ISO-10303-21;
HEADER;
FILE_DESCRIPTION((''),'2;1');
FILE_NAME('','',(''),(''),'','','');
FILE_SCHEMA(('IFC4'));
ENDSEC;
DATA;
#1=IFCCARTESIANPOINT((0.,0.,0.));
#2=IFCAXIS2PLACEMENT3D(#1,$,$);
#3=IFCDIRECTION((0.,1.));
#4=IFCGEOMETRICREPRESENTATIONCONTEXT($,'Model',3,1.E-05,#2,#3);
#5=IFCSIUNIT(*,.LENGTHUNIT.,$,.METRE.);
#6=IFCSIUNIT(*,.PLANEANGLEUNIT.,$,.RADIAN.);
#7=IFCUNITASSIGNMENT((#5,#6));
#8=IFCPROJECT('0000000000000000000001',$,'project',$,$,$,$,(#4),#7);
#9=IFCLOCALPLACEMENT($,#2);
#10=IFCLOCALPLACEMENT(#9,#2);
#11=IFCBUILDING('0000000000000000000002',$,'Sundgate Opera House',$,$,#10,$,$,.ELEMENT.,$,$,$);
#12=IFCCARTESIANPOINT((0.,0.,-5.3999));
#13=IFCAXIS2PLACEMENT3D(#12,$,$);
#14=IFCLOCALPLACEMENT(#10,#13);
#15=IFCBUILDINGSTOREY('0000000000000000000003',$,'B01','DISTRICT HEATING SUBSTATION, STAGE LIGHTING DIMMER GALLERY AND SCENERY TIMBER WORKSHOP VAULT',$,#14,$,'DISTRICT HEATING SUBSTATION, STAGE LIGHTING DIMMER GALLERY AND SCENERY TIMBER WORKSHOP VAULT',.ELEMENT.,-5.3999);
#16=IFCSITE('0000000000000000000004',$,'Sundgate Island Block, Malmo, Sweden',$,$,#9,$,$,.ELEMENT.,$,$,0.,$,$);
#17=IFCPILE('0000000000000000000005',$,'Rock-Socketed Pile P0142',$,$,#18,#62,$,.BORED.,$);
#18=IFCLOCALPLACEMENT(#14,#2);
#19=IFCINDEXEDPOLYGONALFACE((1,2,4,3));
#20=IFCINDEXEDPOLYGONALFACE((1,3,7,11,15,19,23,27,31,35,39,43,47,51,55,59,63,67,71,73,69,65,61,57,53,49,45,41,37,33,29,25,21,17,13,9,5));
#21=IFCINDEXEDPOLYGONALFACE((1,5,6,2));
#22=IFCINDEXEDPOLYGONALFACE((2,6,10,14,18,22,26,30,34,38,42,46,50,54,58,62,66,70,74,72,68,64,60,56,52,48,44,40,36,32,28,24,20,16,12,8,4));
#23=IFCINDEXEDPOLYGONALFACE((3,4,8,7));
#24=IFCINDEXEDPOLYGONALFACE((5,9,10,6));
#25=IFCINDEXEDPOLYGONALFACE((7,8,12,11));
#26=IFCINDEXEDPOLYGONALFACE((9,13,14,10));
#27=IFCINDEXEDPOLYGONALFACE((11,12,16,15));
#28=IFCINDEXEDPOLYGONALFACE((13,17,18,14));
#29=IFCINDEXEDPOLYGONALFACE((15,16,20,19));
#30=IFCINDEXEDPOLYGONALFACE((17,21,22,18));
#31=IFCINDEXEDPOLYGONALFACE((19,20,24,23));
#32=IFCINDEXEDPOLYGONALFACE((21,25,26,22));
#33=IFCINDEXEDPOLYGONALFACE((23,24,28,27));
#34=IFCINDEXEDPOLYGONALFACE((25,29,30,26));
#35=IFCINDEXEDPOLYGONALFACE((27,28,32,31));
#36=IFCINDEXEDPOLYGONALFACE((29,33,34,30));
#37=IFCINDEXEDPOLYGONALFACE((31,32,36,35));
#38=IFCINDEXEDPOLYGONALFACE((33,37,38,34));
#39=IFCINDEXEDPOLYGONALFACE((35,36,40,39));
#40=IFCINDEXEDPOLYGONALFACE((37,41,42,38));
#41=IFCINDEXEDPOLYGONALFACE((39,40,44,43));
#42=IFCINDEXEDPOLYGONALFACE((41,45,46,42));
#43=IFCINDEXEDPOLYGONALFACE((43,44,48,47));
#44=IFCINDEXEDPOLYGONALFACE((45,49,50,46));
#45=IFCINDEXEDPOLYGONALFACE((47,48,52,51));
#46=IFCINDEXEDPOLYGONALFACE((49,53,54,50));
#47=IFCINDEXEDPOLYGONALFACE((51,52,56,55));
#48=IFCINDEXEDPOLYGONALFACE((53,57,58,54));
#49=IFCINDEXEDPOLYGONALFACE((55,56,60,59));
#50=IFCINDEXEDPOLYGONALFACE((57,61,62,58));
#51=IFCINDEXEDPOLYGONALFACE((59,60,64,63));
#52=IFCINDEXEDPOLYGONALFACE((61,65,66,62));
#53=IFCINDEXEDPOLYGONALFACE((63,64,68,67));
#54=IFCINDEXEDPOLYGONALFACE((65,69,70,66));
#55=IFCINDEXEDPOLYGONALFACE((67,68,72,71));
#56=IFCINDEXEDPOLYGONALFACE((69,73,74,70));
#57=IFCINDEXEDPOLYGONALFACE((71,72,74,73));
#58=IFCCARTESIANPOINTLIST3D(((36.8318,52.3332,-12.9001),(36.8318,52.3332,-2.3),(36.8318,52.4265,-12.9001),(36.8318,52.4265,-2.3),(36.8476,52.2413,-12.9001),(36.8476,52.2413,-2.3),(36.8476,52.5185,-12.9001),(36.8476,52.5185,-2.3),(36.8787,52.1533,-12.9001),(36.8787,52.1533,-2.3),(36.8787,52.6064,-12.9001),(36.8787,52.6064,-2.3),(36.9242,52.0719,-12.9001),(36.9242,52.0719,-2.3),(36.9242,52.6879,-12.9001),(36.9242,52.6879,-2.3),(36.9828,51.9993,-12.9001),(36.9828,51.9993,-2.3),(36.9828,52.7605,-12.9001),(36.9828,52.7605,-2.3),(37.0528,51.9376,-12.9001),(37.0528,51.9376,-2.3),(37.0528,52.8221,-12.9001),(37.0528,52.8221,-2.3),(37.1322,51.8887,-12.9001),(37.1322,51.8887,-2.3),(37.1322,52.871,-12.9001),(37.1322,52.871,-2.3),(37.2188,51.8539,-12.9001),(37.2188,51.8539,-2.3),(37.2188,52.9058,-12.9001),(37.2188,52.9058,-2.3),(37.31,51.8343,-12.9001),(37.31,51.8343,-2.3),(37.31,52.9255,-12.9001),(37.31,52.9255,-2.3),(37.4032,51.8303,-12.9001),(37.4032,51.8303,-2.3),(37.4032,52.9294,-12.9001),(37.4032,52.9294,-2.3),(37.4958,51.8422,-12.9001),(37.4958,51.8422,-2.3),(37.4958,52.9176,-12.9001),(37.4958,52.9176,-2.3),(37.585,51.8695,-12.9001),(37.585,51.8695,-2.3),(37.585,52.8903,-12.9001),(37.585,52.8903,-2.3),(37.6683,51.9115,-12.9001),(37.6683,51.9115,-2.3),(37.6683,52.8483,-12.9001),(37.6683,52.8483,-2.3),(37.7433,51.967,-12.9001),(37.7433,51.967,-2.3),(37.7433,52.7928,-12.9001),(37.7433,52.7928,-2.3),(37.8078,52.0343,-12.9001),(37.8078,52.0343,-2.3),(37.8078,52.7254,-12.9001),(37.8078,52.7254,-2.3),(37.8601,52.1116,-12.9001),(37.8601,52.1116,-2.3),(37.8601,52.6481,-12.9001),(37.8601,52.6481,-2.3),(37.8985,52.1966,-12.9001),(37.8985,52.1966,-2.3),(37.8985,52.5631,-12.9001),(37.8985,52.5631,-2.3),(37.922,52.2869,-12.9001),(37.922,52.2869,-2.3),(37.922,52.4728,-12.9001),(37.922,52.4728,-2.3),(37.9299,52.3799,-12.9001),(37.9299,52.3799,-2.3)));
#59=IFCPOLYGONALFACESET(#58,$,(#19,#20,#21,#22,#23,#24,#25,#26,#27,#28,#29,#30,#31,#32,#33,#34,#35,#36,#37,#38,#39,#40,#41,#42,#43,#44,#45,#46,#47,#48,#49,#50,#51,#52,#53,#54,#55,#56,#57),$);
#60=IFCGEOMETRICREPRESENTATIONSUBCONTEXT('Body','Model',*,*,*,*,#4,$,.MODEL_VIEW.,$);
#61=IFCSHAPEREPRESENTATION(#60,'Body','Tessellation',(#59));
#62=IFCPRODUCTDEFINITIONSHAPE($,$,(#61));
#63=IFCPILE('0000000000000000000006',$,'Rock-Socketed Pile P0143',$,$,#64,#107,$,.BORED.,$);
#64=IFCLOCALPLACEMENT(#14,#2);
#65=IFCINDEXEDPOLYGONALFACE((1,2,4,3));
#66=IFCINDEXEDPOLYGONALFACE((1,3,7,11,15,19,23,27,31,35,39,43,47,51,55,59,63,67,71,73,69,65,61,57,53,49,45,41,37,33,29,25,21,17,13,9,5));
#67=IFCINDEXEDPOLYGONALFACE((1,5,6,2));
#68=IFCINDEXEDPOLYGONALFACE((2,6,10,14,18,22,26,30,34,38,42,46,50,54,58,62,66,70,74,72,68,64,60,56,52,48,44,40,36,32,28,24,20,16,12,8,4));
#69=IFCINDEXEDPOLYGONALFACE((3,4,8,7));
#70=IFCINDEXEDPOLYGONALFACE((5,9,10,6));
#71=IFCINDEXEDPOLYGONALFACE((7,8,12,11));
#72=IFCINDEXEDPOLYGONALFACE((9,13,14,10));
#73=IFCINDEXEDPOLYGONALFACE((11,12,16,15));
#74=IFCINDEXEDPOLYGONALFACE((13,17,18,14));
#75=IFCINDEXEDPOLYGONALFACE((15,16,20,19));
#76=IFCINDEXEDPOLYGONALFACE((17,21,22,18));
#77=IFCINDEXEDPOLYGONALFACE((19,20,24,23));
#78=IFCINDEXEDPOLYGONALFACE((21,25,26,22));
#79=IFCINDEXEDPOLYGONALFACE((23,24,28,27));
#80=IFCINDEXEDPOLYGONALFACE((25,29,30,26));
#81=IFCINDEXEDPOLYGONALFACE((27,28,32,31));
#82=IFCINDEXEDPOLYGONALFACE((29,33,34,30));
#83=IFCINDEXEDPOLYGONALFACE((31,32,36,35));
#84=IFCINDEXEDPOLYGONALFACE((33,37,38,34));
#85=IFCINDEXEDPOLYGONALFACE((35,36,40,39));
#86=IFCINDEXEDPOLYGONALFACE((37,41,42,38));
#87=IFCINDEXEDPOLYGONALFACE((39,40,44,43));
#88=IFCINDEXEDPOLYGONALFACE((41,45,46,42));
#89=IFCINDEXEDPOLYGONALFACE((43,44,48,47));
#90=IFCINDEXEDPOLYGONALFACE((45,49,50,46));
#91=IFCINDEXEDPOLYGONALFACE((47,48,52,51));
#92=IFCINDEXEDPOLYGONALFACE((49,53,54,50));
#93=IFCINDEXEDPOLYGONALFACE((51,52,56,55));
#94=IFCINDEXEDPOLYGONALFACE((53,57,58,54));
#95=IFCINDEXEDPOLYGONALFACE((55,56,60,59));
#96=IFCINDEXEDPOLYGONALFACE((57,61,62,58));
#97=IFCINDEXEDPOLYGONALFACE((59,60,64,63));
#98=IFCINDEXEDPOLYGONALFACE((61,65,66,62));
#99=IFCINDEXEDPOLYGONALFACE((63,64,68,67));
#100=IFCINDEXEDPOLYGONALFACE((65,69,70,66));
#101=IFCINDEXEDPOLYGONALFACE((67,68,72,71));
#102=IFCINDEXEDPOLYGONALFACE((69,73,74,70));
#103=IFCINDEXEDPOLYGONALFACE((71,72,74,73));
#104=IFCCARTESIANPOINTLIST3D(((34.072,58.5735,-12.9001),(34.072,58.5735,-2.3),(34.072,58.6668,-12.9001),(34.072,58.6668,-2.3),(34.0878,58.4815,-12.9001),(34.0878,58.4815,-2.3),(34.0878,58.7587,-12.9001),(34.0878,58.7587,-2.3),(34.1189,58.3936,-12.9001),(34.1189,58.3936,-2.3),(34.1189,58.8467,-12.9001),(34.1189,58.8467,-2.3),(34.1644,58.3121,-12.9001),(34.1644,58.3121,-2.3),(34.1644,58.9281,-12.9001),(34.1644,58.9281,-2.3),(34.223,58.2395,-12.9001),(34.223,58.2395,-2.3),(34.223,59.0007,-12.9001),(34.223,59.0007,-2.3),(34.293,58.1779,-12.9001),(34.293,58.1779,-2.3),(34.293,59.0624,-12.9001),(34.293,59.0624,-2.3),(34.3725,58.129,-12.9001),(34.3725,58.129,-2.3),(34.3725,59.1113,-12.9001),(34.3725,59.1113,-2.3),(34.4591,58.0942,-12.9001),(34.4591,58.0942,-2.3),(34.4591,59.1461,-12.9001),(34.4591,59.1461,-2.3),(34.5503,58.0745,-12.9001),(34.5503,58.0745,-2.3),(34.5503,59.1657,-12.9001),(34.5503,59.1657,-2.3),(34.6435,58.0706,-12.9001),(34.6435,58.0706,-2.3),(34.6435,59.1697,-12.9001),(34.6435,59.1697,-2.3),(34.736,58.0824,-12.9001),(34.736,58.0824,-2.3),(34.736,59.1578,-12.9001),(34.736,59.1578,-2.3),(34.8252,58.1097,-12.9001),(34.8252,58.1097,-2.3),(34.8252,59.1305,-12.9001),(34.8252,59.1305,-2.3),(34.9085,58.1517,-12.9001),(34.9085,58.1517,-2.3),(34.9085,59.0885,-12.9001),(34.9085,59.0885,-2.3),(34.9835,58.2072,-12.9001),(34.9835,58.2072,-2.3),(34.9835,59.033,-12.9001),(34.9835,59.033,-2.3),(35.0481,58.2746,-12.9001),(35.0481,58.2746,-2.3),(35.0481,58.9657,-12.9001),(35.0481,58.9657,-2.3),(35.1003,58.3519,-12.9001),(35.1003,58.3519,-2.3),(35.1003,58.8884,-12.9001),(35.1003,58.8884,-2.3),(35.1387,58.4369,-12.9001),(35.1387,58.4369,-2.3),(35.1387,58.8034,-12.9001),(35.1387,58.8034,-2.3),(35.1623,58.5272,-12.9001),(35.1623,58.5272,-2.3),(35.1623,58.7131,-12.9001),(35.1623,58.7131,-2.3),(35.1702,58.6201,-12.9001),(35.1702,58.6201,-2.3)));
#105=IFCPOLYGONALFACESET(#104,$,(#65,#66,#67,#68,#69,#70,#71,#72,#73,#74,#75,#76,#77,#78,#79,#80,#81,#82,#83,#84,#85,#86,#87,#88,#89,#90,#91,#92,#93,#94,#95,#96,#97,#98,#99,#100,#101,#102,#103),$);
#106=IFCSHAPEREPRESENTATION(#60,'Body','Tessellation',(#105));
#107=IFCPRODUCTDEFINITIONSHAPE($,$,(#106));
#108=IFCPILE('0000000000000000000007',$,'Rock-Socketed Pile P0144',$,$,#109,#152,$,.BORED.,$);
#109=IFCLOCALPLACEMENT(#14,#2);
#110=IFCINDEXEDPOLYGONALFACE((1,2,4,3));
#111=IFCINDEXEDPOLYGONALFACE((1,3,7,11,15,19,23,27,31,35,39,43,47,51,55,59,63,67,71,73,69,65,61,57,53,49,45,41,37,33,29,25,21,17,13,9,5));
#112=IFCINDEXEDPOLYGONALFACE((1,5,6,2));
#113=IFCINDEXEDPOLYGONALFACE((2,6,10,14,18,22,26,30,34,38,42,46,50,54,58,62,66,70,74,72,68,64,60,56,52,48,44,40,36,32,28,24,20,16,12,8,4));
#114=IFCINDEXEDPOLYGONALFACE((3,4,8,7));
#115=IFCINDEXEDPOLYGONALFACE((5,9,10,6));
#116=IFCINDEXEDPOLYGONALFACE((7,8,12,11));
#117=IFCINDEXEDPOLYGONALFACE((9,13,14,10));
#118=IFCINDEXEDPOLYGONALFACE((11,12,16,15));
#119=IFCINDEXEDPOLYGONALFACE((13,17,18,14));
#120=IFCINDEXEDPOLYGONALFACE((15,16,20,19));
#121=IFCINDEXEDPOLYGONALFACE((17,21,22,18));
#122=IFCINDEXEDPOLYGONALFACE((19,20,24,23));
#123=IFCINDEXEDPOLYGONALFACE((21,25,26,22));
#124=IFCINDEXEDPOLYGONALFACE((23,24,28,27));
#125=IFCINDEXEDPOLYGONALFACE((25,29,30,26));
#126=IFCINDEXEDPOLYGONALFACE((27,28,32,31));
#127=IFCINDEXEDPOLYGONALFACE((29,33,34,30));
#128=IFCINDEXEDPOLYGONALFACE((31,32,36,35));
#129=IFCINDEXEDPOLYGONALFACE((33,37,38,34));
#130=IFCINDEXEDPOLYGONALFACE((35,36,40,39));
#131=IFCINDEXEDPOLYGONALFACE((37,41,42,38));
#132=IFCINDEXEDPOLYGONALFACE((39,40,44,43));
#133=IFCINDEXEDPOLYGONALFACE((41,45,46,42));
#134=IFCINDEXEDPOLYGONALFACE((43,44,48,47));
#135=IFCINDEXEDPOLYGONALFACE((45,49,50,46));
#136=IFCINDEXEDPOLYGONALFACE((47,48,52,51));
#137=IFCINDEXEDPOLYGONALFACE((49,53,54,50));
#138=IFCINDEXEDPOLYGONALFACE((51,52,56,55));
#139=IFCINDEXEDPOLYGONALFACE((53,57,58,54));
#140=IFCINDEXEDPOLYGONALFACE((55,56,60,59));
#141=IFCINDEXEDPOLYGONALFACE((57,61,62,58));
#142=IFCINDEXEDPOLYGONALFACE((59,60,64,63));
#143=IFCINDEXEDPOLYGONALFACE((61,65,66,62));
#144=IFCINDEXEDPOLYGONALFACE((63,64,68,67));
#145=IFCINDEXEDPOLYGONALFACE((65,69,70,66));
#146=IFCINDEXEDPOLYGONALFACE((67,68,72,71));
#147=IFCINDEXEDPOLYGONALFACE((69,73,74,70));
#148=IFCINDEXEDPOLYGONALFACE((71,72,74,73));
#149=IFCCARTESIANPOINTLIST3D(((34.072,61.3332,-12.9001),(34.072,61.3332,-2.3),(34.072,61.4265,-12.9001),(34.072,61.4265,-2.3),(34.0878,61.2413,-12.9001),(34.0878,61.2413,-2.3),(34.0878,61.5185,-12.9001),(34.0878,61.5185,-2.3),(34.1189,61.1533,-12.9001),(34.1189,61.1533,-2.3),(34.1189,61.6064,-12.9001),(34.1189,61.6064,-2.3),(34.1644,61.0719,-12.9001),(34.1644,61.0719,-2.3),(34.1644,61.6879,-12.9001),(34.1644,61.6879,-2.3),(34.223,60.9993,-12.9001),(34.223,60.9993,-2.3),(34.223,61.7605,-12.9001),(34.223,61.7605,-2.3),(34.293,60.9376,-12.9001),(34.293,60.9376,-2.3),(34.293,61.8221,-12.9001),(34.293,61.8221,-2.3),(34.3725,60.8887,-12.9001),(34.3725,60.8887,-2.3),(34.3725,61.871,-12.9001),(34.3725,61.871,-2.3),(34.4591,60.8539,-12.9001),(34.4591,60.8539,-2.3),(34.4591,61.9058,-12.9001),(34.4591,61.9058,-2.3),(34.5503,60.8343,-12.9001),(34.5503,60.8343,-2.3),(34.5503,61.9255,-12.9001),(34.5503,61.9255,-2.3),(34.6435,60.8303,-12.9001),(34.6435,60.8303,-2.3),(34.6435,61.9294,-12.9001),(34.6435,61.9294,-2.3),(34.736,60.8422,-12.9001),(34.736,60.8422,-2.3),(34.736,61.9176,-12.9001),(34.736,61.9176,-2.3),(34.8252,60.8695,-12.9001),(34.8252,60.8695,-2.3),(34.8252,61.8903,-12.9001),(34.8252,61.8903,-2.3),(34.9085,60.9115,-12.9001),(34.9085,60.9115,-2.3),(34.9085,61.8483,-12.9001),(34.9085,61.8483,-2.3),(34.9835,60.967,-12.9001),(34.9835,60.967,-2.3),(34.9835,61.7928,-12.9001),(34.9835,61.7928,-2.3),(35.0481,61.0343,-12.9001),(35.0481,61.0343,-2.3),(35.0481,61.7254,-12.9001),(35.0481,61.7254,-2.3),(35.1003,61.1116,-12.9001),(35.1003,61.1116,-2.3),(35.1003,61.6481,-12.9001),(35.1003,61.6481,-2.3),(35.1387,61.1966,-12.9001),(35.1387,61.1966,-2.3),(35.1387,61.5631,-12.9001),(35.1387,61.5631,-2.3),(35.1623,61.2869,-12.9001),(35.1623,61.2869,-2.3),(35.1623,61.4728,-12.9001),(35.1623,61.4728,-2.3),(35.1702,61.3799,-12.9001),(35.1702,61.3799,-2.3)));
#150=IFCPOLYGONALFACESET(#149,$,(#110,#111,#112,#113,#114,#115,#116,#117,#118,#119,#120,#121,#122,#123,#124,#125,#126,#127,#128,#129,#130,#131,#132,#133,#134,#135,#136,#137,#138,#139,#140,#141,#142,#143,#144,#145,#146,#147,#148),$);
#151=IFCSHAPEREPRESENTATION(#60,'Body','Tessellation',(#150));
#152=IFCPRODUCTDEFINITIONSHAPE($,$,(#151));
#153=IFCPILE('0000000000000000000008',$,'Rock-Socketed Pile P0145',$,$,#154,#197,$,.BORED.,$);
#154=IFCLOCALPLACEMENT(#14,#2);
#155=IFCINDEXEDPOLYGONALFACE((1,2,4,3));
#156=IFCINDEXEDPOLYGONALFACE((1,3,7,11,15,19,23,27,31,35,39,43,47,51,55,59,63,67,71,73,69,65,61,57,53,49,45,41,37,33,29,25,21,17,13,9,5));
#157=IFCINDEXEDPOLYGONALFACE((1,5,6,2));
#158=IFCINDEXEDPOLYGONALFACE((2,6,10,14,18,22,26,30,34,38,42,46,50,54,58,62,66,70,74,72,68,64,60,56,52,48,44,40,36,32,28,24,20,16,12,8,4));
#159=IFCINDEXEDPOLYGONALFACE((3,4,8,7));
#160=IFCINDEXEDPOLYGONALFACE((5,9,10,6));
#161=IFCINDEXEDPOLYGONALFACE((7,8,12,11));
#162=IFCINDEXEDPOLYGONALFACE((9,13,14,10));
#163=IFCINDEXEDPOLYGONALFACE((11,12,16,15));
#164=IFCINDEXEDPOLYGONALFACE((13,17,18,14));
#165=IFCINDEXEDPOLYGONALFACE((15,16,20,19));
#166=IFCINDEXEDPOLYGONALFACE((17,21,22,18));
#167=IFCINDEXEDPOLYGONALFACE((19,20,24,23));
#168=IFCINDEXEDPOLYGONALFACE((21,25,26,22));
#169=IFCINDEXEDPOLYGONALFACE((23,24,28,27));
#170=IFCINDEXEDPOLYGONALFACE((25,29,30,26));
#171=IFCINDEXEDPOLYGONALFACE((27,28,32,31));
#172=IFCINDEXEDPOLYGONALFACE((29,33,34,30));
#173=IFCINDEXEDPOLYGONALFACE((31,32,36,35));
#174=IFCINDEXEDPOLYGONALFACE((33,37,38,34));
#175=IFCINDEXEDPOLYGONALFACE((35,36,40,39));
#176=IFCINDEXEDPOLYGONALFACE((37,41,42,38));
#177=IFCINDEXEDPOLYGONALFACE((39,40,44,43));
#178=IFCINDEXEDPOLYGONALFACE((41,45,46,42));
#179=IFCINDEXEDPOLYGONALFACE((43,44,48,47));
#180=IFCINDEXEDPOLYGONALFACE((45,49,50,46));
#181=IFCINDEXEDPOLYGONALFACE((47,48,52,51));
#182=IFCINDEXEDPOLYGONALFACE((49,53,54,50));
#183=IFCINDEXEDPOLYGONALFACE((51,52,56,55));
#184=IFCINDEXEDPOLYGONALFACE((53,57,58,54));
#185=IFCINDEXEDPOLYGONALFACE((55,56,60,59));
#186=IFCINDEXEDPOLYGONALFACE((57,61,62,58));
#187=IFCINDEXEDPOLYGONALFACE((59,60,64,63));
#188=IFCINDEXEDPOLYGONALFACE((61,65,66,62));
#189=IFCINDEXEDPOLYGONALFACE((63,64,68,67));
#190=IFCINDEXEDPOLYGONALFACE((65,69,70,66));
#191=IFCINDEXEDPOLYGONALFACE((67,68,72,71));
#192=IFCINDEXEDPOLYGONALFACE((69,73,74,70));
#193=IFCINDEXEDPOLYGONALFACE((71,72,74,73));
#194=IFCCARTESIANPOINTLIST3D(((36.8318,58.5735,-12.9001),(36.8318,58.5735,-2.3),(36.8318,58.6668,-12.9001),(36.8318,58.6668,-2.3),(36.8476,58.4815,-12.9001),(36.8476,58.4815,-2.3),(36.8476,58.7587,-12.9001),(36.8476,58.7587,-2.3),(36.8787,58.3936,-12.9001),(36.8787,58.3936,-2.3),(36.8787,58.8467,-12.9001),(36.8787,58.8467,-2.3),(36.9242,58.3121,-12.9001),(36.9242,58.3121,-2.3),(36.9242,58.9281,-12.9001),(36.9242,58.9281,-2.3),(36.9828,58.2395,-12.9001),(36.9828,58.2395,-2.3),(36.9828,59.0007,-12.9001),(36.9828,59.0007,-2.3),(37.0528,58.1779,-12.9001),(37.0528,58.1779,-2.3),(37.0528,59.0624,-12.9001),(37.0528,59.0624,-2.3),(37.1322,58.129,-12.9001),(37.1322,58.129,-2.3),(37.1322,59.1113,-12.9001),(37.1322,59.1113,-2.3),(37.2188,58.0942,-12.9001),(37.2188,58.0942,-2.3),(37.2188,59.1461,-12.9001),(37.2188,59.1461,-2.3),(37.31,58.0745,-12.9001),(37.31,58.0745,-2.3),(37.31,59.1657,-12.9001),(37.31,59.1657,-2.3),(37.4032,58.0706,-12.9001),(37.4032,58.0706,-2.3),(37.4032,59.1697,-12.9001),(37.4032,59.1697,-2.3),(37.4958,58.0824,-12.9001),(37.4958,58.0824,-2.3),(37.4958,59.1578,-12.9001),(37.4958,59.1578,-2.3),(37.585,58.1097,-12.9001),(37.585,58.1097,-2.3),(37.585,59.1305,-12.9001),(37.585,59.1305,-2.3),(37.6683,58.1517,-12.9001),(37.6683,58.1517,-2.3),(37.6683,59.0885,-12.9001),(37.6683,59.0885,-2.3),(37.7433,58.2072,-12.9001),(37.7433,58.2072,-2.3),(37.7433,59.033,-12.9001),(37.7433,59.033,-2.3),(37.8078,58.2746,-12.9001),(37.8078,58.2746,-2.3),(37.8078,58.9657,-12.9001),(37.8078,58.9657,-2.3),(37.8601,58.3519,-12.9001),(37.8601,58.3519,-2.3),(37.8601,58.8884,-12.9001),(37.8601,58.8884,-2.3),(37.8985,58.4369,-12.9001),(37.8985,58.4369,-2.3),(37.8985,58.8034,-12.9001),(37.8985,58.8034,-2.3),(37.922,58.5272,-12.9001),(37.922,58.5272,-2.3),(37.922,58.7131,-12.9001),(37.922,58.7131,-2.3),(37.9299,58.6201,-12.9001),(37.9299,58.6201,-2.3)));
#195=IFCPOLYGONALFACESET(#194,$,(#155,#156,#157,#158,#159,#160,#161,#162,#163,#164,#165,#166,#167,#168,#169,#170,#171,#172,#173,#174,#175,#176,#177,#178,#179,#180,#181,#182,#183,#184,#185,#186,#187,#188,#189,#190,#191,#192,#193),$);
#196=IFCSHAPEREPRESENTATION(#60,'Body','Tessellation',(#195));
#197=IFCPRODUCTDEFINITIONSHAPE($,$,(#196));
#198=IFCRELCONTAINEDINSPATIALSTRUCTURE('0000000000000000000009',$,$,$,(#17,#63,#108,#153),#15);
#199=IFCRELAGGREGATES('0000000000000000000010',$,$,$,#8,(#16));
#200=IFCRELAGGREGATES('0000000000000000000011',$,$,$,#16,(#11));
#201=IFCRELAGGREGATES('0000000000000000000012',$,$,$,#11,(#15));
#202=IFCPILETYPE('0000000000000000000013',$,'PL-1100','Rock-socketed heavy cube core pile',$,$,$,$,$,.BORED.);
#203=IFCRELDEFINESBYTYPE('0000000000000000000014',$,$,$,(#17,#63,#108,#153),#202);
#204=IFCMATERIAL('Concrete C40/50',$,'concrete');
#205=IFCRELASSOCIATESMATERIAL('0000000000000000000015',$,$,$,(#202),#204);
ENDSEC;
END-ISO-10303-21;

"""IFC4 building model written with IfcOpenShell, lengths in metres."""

from ifc_helpers import new_model, si_unit, direction, frame, origin, origin_2d, place, context, subcontext, project, spatial, circle, extrude, material, material_profile, profile_set, type_object, element, save


model = new_model("IFC4")

# Units and contexts
model_context = context("Model", 3, precision=1e-05, world=origin(), true_north=direction((0.0, 1.0)))
body_context = subcontext(model_context, "Body", "Model", "MODEL_VIEW")
ifc_project = project(units=[si_unit("LENGTHUNIT", "METRE"), si_unit("PLANEANGLEUNIT", "RADIAN")], contexts=[model_context])

# Site, building, storey
site_placement = place(None, origin())
site = spatial("IfcSite", under=ifc_project, at=site_placement, Name="Sundgate Island Block, Malmo, Sweden", CompositionType="ELEMENT", RefElevation=0.0)
building_placement = place(site_placement, origin())
building = spatial("IfcBuilding", under=site, at=building_placement, Name="Sundgate Opera House", CompositionType="ELEMENT")
storey_placement = place(building_placement, frame((0.0, 0.0, -5.3999)))
storey = spatial("IfcBuildingStorey", under=building, at=storey_placement, Name="B01", Description="DISTRICT HEATING SUBSTATION, STAGE LIGHTING DIMMER GALLERY AND SCENERY TIMBER WORKSHOP VAULT", LongName="DISTRICT HEATING SUBSTATION, STAGE LIGHTING DIMMER GALLERY AND SCENERY TIMBER WORKSHOP VAULT", CompositionType="ELEMENT", Elevation=-5.3999)

# Piles
ifc_material_1 = material(Name="Concrete C40/50", Category="concrete")
ifc_material_profile_1 = material_profile(ifc_material_1, circle(Radius=0.55, at=origin_2d()), Name="PILE D1100")
ifc_profile_set_1 = profile_set([ifc_material_profile_1], Name="Concrete C40/50")
pile_type_1 = type_object("IfcPileType", Name="PL-1100", Description="Rock-socketed heavy cube core pile", PredefinedType="BORED", material=ifc_profile_set_1)
for number, where, z_axis, x_axis, name in (
    (1, (37.3799, 52.3799, -2.3), (0.0, 0.0, -1.0), (1.0, 0.0, 0.0), "Rock-Socketed Pile P0142"),
    (2, (34.6201, 58.6201, -2.3), (0.0, 0.0, -1.0), (1.0, 0.0, 0.0), "Rock-Socketed Pile P0143"),
    (3, (34.6201, 61.3799, -2.3), (0.0, 0.0, -1.0), (1.0, 0.0, 0.0), "Rock-Socketed Pile P0144"),
    (4, (37.3799, 58.6201, -2.3), (0.0, 0.0, -1.0), (1.0, 0.0, 0.0), "Rock-Socketed Pile P0145"),
):
    element("IfcPile", number, at=place(storey_placement, frame(where, z_axis=z_axis, x_axis=x_axis)), inside=storey, type_object=pile_type_1, Name=name, PredefinedType="BORED", context=body_context, shape_type="SweptSolid", body=[
        extrude(circle(Radius=0.55, at=origin_2d()), origin(), (0.0, 0.0, 1.0), 10.6001),
    ])

save(model, "model.ifc")
